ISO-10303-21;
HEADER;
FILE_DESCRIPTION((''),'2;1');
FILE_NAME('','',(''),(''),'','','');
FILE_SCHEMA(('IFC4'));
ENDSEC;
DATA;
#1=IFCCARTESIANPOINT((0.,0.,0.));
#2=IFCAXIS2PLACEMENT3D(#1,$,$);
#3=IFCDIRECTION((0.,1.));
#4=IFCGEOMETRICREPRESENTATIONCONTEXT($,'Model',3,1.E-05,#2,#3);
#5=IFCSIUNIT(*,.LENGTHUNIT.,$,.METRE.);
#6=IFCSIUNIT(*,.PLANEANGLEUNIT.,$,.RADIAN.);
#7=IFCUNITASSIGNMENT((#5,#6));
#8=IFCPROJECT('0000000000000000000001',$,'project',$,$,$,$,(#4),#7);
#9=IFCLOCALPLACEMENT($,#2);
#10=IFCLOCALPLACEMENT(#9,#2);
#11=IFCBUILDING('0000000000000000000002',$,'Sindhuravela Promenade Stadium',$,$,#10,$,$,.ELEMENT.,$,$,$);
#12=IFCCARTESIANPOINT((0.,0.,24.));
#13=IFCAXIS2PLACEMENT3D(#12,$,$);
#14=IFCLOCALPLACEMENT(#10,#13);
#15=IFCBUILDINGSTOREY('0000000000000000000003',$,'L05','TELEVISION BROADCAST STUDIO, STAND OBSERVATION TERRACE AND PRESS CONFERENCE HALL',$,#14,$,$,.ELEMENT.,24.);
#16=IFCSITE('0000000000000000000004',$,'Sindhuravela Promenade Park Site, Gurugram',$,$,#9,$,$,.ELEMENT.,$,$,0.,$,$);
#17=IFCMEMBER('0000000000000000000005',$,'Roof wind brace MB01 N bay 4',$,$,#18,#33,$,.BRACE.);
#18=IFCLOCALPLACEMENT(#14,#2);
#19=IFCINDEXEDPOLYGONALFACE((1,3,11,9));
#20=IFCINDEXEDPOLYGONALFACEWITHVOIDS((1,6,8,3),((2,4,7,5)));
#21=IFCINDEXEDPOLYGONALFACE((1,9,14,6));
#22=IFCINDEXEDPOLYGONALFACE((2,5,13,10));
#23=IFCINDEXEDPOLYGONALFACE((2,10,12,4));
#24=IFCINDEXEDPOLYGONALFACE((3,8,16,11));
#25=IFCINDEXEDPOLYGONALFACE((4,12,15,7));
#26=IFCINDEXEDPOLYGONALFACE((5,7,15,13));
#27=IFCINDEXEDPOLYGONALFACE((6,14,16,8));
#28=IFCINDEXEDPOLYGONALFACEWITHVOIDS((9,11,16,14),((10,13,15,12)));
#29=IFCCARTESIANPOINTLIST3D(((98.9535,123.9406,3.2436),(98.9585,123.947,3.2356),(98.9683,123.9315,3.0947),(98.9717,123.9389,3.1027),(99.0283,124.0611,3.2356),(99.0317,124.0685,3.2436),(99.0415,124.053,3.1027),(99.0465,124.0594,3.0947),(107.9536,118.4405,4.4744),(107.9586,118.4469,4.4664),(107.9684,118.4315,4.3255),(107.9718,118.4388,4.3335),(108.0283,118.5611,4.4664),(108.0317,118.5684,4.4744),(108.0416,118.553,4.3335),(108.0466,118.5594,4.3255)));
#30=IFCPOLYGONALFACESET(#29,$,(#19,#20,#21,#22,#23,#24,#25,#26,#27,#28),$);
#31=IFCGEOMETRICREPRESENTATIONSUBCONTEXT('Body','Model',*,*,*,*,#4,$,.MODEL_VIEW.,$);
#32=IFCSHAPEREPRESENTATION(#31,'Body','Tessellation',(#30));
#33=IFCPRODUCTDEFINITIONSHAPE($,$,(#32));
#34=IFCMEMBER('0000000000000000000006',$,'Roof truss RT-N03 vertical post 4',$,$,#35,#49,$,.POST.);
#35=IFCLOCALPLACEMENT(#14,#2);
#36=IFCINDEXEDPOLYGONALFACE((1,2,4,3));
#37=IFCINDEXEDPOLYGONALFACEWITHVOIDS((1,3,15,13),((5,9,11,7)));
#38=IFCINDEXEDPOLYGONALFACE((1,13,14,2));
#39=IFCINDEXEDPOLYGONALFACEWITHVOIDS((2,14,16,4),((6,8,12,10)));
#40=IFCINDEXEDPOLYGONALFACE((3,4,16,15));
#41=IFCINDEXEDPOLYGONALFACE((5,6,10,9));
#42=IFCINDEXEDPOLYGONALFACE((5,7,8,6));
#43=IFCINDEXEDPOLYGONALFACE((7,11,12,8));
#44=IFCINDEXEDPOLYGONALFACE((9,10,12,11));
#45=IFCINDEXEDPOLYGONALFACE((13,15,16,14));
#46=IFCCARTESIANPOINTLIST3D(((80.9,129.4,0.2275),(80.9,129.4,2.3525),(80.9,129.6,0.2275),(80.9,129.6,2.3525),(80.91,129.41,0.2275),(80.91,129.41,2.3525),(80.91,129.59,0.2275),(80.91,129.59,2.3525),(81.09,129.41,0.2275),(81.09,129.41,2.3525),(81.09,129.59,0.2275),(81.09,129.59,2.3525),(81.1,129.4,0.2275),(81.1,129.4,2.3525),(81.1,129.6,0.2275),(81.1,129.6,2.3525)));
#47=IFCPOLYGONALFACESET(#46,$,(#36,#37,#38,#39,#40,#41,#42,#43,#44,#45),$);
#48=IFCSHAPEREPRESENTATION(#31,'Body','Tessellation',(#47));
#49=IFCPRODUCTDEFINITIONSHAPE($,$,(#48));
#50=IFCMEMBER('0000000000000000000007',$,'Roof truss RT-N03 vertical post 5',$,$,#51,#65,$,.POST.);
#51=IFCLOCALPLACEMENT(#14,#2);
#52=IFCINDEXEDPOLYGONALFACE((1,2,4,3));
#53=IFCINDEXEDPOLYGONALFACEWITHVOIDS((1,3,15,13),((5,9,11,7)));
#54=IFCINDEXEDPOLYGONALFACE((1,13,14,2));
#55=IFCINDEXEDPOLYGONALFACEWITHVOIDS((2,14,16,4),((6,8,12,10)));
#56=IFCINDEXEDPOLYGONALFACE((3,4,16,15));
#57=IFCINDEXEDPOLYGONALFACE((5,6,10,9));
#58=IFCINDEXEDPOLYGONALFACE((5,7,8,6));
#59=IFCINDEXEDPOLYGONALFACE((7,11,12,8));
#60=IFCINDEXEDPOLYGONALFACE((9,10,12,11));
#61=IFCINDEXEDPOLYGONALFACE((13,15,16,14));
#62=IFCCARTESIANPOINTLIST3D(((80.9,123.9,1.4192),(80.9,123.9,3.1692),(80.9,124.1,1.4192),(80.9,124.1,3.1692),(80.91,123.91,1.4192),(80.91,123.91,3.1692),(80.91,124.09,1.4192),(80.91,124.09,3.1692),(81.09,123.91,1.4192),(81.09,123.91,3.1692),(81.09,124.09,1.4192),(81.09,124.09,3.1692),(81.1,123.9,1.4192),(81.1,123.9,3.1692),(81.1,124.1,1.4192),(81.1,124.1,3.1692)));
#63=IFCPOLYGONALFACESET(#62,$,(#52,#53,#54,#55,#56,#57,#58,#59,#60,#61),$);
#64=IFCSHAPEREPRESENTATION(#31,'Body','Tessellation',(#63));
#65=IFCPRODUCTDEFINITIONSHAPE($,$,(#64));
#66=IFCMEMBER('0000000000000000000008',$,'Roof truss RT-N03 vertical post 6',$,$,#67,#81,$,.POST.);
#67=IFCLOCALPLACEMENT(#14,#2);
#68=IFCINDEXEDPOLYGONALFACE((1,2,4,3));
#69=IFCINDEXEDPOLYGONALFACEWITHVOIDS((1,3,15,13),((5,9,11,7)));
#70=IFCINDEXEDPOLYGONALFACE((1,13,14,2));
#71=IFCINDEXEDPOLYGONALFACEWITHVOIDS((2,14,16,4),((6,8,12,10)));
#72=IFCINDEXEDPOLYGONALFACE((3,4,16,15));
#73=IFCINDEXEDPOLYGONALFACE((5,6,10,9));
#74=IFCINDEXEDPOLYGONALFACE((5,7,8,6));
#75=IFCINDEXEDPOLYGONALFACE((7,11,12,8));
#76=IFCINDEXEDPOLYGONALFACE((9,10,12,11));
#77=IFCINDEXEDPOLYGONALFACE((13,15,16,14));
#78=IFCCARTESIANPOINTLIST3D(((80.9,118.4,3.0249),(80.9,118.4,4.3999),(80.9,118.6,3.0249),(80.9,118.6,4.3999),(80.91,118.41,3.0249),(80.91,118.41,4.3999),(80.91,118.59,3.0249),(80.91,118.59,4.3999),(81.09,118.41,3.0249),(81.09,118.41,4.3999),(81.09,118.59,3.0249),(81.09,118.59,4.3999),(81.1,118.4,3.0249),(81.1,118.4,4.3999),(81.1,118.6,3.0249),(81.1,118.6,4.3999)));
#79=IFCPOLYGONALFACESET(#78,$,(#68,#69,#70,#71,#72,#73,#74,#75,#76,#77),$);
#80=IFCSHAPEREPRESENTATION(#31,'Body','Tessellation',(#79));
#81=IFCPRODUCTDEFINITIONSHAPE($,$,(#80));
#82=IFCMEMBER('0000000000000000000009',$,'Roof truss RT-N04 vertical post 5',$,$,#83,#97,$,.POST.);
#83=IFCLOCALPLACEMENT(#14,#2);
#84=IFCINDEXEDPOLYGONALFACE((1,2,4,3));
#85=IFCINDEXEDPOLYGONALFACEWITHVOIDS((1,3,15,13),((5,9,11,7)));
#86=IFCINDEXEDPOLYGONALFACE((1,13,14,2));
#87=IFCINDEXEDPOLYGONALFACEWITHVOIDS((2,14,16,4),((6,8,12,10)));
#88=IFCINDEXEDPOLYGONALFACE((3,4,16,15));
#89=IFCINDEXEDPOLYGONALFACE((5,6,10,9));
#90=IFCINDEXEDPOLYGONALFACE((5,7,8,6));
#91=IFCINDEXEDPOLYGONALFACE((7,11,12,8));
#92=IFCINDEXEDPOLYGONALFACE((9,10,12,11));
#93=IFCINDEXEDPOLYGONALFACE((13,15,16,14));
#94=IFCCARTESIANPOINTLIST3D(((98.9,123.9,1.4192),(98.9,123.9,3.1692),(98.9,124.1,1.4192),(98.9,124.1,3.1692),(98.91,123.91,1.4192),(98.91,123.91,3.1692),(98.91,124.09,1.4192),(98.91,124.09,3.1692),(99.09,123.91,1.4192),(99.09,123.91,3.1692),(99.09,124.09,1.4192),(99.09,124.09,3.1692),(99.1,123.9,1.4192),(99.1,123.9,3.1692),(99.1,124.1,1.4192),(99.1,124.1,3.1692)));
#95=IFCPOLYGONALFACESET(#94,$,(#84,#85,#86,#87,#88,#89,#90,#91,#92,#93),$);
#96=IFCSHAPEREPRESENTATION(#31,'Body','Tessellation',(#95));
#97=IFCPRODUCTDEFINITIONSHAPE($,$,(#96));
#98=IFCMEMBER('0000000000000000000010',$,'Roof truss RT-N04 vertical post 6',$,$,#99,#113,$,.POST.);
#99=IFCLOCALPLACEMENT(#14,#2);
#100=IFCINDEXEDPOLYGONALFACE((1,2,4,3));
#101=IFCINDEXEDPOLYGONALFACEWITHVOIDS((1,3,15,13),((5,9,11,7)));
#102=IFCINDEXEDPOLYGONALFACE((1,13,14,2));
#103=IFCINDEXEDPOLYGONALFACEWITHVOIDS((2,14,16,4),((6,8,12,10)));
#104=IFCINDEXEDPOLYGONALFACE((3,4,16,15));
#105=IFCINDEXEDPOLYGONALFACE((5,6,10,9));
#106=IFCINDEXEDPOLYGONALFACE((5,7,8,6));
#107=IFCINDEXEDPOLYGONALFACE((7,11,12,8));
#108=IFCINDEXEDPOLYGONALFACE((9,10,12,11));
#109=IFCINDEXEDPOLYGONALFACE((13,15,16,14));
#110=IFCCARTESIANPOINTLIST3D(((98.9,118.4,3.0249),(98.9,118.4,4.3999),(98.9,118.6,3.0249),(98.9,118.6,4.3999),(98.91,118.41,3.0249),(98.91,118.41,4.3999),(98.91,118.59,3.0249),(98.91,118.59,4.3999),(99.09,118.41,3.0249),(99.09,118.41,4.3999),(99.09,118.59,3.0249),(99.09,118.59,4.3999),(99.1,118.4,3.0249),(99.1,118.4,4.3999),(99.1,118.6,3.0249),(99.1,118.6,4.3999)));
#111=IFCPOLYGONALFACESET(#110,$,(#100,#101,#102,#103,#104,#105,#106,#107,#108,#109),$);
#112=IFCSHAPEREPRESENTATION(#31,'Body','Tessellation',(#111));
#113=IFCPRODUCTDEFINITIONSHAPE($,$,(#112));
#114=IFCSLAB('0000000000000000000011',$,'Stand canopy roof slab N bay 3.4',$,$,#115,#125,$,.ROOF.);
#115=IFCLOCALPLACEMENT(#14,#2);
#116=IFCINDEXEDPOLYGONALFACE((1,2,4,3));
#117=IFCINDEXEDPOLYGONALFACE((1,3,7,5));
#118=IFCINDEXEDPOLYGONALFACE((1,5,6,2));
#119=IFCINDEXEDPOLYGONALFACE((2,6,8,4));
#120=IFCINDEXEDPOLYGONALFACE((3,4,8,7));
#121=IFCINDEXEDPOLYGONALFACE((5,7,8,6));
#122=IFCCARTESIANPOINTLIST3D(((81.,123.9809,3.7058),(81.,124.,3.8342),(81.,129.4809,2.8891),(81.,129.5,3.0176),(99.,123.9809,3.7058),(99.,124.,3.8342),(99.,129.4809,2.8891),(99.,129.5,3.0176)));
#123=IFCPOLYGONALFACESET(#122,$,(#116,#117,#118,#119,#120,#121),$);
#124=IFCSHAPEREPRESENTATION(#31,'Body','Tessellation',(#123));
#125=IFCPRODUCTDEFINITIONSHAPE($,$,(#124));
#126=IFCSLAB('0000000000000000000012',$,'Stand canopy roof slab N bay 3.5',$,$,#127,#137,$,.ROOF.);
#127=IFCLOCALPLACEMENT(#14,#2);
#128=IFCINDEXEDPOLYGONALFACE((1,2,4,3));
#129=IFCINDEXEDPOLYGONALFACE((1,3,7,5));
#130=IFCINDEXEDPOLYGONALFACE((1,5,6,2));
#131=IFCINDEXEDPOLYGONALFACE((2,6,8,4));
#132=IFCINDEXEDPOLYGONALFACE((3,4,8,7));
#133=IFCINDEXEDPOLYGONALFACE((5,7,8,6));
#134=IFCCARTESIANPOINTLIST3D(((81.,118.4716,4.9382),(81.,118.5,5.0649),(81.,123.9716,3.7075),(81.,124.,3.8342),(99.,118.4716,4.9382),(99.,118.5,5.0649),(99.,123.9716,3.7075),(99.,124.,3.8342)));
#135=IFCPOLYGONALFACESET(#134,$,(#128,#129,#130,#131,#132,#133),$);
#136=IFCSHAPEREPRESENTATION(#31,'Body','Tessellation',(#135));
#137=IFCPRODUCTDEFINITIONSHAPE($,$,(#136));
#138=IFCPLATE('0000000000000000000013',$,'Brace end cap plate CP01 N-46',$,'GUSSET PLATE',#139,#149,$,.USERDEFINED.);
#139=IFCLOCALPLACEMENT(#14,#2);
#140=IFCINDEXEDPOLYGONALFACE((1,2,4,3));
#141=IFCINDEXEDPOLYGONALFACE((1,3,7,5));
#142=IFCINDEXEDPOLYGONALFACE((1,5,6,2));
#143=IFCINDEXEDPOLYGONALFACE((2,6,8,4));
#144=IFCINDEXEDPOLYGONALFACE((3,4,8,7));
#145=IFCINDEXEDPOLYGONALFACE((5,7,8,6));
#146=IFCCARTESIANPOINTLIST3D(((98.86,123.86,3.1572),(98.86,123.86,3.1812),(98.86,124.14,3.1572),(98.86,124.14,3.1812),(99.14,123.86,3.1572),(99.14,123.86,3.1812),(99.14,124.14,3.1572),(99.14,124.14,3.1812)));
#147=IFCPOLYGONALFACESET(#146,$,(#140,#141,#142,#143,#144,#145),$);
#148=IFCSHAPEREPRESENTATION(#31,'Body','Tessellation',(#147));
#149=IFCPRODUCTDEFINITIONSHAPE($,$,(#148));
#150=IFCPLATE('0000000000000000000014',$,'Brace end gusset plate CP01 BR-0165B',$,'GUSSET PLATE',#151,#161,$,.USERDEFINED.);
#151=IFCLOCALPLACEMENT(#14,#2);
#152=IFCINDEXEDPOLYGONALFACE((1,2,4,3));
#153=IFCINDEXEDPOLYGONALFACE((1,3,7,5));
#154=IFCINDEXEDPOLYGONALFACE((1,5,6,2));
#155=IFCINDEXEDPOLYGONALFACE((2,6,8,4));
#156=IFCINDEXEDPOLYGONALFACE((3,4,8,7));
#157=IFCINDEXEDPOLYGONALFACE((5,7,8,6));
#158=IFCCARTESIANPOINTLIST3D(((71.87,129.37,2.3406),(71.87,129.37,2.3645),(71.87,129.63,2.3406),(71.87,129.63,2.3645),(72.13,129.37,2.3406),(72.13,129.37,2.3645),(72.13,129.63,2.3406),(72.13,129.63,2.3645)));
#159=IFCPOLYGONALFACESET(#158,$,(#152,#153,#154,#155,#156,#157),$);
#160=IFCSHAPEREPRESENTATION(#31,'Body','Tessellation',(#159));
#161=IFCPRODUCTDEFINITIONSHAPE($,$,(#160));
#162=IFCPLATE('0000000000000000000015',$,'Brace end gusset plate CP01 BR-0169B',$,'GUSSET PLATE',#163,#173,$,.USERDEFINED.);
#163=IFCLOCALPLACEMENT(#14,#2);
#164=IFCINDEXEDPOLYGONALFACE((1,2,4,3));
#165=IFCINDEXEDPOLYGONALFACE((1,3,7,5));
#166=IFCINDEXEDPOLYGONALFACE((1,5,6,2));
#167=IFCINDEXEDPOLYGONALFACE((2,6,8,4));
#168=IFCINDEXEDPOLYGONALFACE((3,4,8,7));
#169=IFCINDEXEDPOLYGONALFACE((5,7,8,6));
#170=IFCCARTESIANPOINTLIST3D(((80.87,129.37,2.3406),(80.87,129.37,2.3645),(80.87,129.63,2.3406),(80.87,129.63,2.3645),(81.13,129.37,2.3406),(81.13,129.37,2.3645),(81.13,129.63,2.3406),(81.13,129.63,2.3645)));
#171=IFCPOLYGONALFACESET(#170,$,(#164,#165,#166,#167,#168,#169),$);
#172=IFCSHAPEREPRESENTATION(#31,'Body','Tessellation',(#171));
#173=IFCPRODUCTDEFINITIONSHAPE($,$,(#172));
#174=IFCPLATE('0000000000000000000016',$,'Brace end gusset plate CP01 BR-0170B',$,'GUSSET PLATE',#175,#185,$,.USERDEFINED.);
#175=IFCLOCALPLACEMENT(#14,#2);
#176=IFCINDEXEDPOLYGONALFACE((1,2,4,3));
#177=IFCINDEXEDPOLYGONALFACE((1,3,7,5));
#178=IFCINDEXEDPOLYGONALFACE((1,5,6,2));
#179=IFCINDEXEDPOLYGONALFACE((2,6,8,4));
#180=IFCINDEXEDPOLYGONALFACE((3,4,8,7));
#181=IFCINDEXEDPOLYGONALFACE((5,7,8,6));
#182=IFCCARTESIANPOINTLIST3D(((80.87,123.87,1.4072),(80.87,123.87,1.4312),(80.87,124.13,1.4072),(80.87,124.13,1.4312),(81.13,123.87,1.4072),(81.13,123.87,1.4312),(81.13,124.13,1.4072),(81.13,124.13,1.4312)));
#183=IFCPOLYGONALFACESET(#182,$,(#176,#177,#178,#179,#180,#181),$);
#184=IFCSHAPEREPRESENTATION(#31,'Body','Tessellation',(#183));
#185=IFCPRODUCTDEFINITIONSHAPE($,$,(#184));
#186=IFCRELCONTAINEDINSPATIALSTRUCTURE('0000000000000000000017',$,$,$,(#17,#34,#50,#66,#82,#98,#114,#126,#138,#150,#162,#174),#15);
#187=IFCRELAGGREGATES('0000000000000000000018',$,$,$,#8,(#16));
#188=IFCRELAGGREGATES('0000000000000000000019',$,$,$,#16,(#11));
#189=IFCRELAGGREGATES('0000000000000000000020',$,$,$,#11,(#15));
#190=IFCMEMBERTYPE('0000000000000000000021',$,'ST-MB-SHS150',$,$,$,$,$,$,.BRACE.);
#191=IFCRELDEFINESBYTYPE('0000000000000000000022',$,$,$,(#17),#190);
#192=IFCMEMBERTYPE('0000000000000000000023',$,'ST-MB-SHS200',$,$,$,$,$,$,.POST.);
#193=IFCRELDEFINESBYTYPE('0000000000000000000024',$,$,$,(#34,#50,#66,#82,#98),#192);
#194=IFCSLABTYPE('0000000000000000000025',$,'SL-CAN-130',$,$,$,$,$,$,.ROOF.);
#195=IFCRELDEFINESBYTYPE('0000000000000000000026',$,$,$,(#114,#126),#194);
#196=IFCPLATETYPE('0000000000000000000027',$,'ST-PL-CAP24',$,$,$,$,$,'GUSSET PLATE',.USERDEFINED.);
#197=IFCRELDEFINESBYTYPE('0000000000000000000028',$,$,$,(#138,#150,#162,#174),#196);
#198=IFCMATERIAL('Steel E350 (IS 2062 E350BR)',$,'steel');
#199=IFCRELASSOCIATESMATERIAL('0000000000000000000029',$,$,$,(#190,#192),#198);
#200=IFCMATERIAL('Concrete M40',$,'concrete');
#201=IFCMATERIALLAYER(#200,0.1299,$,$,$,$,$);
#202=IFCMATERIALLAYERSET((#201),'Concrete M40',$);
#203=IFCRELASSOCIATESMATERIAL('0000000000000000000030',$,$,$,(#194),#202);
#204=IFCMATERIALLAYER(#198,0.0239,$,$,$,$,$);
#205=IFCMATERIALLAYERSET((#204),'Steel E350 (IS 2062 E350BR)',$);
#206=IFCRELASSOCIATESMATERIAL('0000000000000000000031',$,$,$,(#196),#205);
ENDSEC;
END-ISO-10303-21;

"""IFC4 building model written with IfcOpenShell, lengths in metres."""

from ifc_helpers import new_model, si_unit, direction, frame, origin, origin_2d, place, context, subcontext, project, spatial, polyline, rectangle, hollow_rectangle, outline, extrude, material, layer, layer_set, material_profile, profile_set, type_object, element, save


model = new_model("IFC4")

# Units and contexts
model_context = context("Model", 3, precision=1e-05, world=origin(), true_north=direction((0.0, 1.0)))
body_context = subcontext(model_context, "Body", "Model", "MODEL_VIEW")
ifc_project = project(units=[si_unit("LENGTHUNIT", "METRE"), si_unit("PLANEANGLEUNIT", "RADIAN")], contexts=[model_context])

# Site, building, storey
site_placement = place(None, origin())
site = spatial("IfcSite", under=ifc_project, at=site_placement, Name="Sindhuravela Promenade Park Site, Gurugram", CompositionType="ELEMENT", RefElevation=0.0)
building_placement = place(site_placement, origin())
building = spatial("IfcBuilding", under=site, at=building_placement, Name="Sindhuravela Promenade Stadium", CompositionType="ELEMENT")
storey_placement = place(building_placement, frame((0.0, 0.0, 24.0)))
storey = spatial("IfcBuildingStorey", under=building, at=storey_placement, Name="L05", Description="TELEVISION BROADCAST STUDIO, STAND OBSERVATION TERRACE AND PRESS CONFERENCE HALL", CompositionType="ELEMENT", Elevation=24.0)

# Shared definitions
ifc_material_1 = material(Name="Steel E350 (IS 2062 E350BR)", Category="steel")

# Members
ifc_material_profile_1 = material_profile(ifc_material_1, hollow_rectangle(XDim=0.1499, YDim=0.1499, WallThickness=0.0081, at=origin_2d()), Name="SHS 150x150x8")
ifc_profile_set_1 = profile_set([ifc_material_profile_1], Name="Steel E350 (IS 2062 E350BR)")
member_type_1 = type_object("IfcMemberType", Name="ST-MB-SHS150", PredefinedType="BRACE", material=ifc_profile_set_1)
member_1_placement = place(storey_placement, frame((99.0, 124.0, 3.1692), z_axis=(0.847532, -0.517936, 0.115896), x_axis=(0.52145, 0.853282, 0.0)))
element("IfcMember", 1, at=member_1_placement, inside=storey, type_object=member_type_1, Name="Roof wind brace MB01 N bay 4", PredefinedType="BRACE", context=body_context, shape_type="SweptSolid", body=[
    extrude(hollow_rectangle(XDim=0.1499, YDim=0.1499, WallThickness=0.0081, at=origin_2d()), origin(), (0.0, 0.0, 1.0), 10.6191),
])
ifc_material_profile_2 = material_profile(ifc_material_1, hollow_rectangle(XDim=0.2, YDim=0.2, WallThickness=0.01, at=origin_2d()), Name="SHS 200x200x10")
ifc_profile_set_2 = profile_set([ifc_material_profile_2], Name="Steel E350 (IS 2062 E350BR)")
member_type_2 = type_object("IfcMemberType", Name="ST-MB-SHS200", PredefinedType="POST", material=ifc_profile_set_2)
member_2_placement = place(storey_placement, frame((81.0, 129.5, 0.2275), z_axis=(0.0, 0.0, 1.0), x_axis=(1.0, 0.0, 0.0)))
element("IfcMember", 2, at=member_2_placement, inside=storey, type_object=member_type_2, Name="Roof truss RT-N03 vertical post 4", PredefinedType="POST", context=body_context, shape_type="SweptSolid", body=[
    extrude(hollow_rectangle(XDim=0.2, YDim=0.2, WallThickness=0.01, at=origin_2d()), origin(), (0.0, 0.0, 1.0), 2.125),
])
member_3_placement = place(storey_placement, frame((81.0, 124.0, 1.4192), z_axis=(0.0, 0.0, 1.0), x_axis=(1.0, 0.0, 0.0)))
element("IfcMember", 3, at=member_3_placement, inside=storey, type_object=member_type_2, Name="Roof truss RT-N03 vertical post 5", PredefinedType="POST", context=body_context, shape_type="SweptSolid", body=[
    extrude(hollow_rectangle(XDim=0.2, YDim=0.2, WallThickness=0.01, at=origin_2d()), origin(), (0.0, 0.0, 1.0), 1.75),
])
member_4_placement = place(storey_placement, frame((81.0, 118.5, 3.0249), z_axis=(0.0, 0.0, 1.0), x_axis=(1.0, 0.0, 0.0)))
element("IfcMember", 4, at=member_4_placement, inside=storey, type_object=member_type_2, Name="Roof truss RT-N03 vertical post 6", PredefinedType="POST", context=body_context, shape_type="SweptSolid", body=[
    extrude(hollow_rectangle(XDim=0.2, YDim=0.2, WallThickness=0.01, at=origin_2d()), origin(), (0.0, 0.0, 1.0), 1.375),
])
member_5_placement = place(storey_placement, frame((99.0, 124.0, 1.4192), z_axis=(0.0, 0.0, 1.0), x_axis=(1.0, 0.0, 0.0)))
element("IfcMember", 5, at=member_5_placement, inside=storey, type_object=member_type_2, Name="Roof truss RT-N04 vertical post 5", PredefinedType="POST", context=body_context, shape_type="SweptSolid", body=[
    extrude(hollow_rectangle(XDim=0.2, YDim=0.2, WallThickness=0.01, at=origin_2d()), origin(), (0.0, 0.0, 1.0), 1.75),
])
member_6_placement = place(storey_placement, frame((99.0, 118.5, 3.0249), z_axis=(0.0, 0.0, 1.0), x_axis=(1.0, 0.0, 0.0)))
element("IfcMember", 6, at=member_6_placement, inside=storey, type_object=member_type_2, Name="Roof truss RT-N04 vertical post 6", PredefinedType="POST", context=body_context, shape_type="SweptSolid", body=[
    extrude(hollow_rectangle(XDim=0.2, YDim=0.2, WallThickness=0.01, at=origin_2d()), origin(), (0.0, 0.0, 1.0), 1.375),
])

# Slabs
ifc_material_2 = material(Name="Concrete M40", Category="concrete")
ifc_layer_1 = layer(ifc_material_2, 0.1299)
ifc_layer_set_1 = layer_set([ifc_layer_1], Name="Concrete M40")
slab_type = type_object("IfcSlabType", Name="SL-CAN-130", PredefinedType="ROOF", material=ifc_layer_set_1)
slab_1_placement = place(storey_placement, frame((81.0, 129.5, 3.0176), z_axis=(0.0, 0.146872, 0.989156), x_axis=(1.0, 0.0, 0.0)))
element("IfcSlab", 7, at=slab_1_placement, inside=storey, type_object=slab_type, Name="Stand canopy roof slab N bay 3.4", PredefinedType="ROOF", context=body_context, shape_type="SweptSolid", body=[
    extrude(outline(polyline([(0.0, 0.0), (0.0, -5.5603), (18.0, -5.5603), (18.0, 0.0), (0.0, 0.0)])), origin(), (0.0, 0.0, -1.0), 0.1299),
])
slab_2_placement = place(storey_placement, frame((81.0, 124.0, 3.8342), z_axis=(0.0, 0.218366, 0.975867), x_axis=(1.0, 0.0, 0.0)))
element("IfcSlab", 8, at=slab_2_placement, inside=storey, type_object=slab_type, Name="Stand canopy roof slab N bay 3.5", PredefinedType="ROOF", context=body_context, shape_type="SweptSolid", body=[
    extrude(outline(polyline([(0.0, 0.0), (0.0, -5.636), (18.0, -5.636), (18.0, 0.0), (0.0, 0.0)])), origin(), (0.0, 0.0, -1.0), 0.1299),
])

# Plates
ifc_layer_2 = layer(ifc_material_1, 0.0239)
ifc_layer_set_2 = layer_set([ifc_layer_2], Name="Steel E350 (IS 2062 E350BR)")
plate_type_1 = type_object("IfcPlateType", Name="ST-PL-CAP24", ElementType="GUSSET PLATE", PredefinedType="USERDEFINED", material=ifc_layer_set_2)
plate_placement = place(storey_placement, frame((99.0, 124.0, 3.1572), z_axis=(0.0, 0.0, 1.0), x_axis=(1.0, 0.0, 0.0)))
element("IfcPlate", 9, at=plate_placement, inside=storey, type_object=plate_type_1, Name="Brace end cap plate CP01 N-46", ObjectType="GUSSET PLATE", PredefinedType="USERDEFINED", context=body_context, shape_type="SweptSolid", body=[
    extrude(rectangle(XDim=0.28, YDim=0.28, at=origin_2d()), origin(), (0.0, 0.0, 1.0), 0.0239),
])
for number, where, z_axis, x_axis, name in (
    (10, (72.0, 129.5, 2.3406), (0.0, 0.0, 1.0), (1.0, 0.0, 0.0), "Brace end gusset plate CP01 BR-0165B"),
    (11, (81.0, 129.5, 2.3406), (0.0, 0.0, 1.0), (1.0, 0.0, 0.0), "Brace end gusset plate CP01 BR-0169B"),
    (12, (81.0, 124.0, 1.4072), (0.0, 0.0, 1.0), (1.0, 0.0, 0.0), "Brace end gusset plate CP01 BR-0170B"),
):
    element("IfcPlate", number, at=place(storey_placement, frame(where, z_axis=z_axis, x_axis=x_axis)), inside=storey, type_object=plate_type_1, Name=name, ObjectType="GUSSET PLATE", PredefinedType="USERDEFINED", context=body_context, shape_type="SweptSolid", body=[
        extrude(rectangle(XDim=0.26, YDim=0.26, at=origin_2d()), origin(), (0.0, 0.0, 1.0), 0.0239),
    ])

save(model, "model.ifc")
